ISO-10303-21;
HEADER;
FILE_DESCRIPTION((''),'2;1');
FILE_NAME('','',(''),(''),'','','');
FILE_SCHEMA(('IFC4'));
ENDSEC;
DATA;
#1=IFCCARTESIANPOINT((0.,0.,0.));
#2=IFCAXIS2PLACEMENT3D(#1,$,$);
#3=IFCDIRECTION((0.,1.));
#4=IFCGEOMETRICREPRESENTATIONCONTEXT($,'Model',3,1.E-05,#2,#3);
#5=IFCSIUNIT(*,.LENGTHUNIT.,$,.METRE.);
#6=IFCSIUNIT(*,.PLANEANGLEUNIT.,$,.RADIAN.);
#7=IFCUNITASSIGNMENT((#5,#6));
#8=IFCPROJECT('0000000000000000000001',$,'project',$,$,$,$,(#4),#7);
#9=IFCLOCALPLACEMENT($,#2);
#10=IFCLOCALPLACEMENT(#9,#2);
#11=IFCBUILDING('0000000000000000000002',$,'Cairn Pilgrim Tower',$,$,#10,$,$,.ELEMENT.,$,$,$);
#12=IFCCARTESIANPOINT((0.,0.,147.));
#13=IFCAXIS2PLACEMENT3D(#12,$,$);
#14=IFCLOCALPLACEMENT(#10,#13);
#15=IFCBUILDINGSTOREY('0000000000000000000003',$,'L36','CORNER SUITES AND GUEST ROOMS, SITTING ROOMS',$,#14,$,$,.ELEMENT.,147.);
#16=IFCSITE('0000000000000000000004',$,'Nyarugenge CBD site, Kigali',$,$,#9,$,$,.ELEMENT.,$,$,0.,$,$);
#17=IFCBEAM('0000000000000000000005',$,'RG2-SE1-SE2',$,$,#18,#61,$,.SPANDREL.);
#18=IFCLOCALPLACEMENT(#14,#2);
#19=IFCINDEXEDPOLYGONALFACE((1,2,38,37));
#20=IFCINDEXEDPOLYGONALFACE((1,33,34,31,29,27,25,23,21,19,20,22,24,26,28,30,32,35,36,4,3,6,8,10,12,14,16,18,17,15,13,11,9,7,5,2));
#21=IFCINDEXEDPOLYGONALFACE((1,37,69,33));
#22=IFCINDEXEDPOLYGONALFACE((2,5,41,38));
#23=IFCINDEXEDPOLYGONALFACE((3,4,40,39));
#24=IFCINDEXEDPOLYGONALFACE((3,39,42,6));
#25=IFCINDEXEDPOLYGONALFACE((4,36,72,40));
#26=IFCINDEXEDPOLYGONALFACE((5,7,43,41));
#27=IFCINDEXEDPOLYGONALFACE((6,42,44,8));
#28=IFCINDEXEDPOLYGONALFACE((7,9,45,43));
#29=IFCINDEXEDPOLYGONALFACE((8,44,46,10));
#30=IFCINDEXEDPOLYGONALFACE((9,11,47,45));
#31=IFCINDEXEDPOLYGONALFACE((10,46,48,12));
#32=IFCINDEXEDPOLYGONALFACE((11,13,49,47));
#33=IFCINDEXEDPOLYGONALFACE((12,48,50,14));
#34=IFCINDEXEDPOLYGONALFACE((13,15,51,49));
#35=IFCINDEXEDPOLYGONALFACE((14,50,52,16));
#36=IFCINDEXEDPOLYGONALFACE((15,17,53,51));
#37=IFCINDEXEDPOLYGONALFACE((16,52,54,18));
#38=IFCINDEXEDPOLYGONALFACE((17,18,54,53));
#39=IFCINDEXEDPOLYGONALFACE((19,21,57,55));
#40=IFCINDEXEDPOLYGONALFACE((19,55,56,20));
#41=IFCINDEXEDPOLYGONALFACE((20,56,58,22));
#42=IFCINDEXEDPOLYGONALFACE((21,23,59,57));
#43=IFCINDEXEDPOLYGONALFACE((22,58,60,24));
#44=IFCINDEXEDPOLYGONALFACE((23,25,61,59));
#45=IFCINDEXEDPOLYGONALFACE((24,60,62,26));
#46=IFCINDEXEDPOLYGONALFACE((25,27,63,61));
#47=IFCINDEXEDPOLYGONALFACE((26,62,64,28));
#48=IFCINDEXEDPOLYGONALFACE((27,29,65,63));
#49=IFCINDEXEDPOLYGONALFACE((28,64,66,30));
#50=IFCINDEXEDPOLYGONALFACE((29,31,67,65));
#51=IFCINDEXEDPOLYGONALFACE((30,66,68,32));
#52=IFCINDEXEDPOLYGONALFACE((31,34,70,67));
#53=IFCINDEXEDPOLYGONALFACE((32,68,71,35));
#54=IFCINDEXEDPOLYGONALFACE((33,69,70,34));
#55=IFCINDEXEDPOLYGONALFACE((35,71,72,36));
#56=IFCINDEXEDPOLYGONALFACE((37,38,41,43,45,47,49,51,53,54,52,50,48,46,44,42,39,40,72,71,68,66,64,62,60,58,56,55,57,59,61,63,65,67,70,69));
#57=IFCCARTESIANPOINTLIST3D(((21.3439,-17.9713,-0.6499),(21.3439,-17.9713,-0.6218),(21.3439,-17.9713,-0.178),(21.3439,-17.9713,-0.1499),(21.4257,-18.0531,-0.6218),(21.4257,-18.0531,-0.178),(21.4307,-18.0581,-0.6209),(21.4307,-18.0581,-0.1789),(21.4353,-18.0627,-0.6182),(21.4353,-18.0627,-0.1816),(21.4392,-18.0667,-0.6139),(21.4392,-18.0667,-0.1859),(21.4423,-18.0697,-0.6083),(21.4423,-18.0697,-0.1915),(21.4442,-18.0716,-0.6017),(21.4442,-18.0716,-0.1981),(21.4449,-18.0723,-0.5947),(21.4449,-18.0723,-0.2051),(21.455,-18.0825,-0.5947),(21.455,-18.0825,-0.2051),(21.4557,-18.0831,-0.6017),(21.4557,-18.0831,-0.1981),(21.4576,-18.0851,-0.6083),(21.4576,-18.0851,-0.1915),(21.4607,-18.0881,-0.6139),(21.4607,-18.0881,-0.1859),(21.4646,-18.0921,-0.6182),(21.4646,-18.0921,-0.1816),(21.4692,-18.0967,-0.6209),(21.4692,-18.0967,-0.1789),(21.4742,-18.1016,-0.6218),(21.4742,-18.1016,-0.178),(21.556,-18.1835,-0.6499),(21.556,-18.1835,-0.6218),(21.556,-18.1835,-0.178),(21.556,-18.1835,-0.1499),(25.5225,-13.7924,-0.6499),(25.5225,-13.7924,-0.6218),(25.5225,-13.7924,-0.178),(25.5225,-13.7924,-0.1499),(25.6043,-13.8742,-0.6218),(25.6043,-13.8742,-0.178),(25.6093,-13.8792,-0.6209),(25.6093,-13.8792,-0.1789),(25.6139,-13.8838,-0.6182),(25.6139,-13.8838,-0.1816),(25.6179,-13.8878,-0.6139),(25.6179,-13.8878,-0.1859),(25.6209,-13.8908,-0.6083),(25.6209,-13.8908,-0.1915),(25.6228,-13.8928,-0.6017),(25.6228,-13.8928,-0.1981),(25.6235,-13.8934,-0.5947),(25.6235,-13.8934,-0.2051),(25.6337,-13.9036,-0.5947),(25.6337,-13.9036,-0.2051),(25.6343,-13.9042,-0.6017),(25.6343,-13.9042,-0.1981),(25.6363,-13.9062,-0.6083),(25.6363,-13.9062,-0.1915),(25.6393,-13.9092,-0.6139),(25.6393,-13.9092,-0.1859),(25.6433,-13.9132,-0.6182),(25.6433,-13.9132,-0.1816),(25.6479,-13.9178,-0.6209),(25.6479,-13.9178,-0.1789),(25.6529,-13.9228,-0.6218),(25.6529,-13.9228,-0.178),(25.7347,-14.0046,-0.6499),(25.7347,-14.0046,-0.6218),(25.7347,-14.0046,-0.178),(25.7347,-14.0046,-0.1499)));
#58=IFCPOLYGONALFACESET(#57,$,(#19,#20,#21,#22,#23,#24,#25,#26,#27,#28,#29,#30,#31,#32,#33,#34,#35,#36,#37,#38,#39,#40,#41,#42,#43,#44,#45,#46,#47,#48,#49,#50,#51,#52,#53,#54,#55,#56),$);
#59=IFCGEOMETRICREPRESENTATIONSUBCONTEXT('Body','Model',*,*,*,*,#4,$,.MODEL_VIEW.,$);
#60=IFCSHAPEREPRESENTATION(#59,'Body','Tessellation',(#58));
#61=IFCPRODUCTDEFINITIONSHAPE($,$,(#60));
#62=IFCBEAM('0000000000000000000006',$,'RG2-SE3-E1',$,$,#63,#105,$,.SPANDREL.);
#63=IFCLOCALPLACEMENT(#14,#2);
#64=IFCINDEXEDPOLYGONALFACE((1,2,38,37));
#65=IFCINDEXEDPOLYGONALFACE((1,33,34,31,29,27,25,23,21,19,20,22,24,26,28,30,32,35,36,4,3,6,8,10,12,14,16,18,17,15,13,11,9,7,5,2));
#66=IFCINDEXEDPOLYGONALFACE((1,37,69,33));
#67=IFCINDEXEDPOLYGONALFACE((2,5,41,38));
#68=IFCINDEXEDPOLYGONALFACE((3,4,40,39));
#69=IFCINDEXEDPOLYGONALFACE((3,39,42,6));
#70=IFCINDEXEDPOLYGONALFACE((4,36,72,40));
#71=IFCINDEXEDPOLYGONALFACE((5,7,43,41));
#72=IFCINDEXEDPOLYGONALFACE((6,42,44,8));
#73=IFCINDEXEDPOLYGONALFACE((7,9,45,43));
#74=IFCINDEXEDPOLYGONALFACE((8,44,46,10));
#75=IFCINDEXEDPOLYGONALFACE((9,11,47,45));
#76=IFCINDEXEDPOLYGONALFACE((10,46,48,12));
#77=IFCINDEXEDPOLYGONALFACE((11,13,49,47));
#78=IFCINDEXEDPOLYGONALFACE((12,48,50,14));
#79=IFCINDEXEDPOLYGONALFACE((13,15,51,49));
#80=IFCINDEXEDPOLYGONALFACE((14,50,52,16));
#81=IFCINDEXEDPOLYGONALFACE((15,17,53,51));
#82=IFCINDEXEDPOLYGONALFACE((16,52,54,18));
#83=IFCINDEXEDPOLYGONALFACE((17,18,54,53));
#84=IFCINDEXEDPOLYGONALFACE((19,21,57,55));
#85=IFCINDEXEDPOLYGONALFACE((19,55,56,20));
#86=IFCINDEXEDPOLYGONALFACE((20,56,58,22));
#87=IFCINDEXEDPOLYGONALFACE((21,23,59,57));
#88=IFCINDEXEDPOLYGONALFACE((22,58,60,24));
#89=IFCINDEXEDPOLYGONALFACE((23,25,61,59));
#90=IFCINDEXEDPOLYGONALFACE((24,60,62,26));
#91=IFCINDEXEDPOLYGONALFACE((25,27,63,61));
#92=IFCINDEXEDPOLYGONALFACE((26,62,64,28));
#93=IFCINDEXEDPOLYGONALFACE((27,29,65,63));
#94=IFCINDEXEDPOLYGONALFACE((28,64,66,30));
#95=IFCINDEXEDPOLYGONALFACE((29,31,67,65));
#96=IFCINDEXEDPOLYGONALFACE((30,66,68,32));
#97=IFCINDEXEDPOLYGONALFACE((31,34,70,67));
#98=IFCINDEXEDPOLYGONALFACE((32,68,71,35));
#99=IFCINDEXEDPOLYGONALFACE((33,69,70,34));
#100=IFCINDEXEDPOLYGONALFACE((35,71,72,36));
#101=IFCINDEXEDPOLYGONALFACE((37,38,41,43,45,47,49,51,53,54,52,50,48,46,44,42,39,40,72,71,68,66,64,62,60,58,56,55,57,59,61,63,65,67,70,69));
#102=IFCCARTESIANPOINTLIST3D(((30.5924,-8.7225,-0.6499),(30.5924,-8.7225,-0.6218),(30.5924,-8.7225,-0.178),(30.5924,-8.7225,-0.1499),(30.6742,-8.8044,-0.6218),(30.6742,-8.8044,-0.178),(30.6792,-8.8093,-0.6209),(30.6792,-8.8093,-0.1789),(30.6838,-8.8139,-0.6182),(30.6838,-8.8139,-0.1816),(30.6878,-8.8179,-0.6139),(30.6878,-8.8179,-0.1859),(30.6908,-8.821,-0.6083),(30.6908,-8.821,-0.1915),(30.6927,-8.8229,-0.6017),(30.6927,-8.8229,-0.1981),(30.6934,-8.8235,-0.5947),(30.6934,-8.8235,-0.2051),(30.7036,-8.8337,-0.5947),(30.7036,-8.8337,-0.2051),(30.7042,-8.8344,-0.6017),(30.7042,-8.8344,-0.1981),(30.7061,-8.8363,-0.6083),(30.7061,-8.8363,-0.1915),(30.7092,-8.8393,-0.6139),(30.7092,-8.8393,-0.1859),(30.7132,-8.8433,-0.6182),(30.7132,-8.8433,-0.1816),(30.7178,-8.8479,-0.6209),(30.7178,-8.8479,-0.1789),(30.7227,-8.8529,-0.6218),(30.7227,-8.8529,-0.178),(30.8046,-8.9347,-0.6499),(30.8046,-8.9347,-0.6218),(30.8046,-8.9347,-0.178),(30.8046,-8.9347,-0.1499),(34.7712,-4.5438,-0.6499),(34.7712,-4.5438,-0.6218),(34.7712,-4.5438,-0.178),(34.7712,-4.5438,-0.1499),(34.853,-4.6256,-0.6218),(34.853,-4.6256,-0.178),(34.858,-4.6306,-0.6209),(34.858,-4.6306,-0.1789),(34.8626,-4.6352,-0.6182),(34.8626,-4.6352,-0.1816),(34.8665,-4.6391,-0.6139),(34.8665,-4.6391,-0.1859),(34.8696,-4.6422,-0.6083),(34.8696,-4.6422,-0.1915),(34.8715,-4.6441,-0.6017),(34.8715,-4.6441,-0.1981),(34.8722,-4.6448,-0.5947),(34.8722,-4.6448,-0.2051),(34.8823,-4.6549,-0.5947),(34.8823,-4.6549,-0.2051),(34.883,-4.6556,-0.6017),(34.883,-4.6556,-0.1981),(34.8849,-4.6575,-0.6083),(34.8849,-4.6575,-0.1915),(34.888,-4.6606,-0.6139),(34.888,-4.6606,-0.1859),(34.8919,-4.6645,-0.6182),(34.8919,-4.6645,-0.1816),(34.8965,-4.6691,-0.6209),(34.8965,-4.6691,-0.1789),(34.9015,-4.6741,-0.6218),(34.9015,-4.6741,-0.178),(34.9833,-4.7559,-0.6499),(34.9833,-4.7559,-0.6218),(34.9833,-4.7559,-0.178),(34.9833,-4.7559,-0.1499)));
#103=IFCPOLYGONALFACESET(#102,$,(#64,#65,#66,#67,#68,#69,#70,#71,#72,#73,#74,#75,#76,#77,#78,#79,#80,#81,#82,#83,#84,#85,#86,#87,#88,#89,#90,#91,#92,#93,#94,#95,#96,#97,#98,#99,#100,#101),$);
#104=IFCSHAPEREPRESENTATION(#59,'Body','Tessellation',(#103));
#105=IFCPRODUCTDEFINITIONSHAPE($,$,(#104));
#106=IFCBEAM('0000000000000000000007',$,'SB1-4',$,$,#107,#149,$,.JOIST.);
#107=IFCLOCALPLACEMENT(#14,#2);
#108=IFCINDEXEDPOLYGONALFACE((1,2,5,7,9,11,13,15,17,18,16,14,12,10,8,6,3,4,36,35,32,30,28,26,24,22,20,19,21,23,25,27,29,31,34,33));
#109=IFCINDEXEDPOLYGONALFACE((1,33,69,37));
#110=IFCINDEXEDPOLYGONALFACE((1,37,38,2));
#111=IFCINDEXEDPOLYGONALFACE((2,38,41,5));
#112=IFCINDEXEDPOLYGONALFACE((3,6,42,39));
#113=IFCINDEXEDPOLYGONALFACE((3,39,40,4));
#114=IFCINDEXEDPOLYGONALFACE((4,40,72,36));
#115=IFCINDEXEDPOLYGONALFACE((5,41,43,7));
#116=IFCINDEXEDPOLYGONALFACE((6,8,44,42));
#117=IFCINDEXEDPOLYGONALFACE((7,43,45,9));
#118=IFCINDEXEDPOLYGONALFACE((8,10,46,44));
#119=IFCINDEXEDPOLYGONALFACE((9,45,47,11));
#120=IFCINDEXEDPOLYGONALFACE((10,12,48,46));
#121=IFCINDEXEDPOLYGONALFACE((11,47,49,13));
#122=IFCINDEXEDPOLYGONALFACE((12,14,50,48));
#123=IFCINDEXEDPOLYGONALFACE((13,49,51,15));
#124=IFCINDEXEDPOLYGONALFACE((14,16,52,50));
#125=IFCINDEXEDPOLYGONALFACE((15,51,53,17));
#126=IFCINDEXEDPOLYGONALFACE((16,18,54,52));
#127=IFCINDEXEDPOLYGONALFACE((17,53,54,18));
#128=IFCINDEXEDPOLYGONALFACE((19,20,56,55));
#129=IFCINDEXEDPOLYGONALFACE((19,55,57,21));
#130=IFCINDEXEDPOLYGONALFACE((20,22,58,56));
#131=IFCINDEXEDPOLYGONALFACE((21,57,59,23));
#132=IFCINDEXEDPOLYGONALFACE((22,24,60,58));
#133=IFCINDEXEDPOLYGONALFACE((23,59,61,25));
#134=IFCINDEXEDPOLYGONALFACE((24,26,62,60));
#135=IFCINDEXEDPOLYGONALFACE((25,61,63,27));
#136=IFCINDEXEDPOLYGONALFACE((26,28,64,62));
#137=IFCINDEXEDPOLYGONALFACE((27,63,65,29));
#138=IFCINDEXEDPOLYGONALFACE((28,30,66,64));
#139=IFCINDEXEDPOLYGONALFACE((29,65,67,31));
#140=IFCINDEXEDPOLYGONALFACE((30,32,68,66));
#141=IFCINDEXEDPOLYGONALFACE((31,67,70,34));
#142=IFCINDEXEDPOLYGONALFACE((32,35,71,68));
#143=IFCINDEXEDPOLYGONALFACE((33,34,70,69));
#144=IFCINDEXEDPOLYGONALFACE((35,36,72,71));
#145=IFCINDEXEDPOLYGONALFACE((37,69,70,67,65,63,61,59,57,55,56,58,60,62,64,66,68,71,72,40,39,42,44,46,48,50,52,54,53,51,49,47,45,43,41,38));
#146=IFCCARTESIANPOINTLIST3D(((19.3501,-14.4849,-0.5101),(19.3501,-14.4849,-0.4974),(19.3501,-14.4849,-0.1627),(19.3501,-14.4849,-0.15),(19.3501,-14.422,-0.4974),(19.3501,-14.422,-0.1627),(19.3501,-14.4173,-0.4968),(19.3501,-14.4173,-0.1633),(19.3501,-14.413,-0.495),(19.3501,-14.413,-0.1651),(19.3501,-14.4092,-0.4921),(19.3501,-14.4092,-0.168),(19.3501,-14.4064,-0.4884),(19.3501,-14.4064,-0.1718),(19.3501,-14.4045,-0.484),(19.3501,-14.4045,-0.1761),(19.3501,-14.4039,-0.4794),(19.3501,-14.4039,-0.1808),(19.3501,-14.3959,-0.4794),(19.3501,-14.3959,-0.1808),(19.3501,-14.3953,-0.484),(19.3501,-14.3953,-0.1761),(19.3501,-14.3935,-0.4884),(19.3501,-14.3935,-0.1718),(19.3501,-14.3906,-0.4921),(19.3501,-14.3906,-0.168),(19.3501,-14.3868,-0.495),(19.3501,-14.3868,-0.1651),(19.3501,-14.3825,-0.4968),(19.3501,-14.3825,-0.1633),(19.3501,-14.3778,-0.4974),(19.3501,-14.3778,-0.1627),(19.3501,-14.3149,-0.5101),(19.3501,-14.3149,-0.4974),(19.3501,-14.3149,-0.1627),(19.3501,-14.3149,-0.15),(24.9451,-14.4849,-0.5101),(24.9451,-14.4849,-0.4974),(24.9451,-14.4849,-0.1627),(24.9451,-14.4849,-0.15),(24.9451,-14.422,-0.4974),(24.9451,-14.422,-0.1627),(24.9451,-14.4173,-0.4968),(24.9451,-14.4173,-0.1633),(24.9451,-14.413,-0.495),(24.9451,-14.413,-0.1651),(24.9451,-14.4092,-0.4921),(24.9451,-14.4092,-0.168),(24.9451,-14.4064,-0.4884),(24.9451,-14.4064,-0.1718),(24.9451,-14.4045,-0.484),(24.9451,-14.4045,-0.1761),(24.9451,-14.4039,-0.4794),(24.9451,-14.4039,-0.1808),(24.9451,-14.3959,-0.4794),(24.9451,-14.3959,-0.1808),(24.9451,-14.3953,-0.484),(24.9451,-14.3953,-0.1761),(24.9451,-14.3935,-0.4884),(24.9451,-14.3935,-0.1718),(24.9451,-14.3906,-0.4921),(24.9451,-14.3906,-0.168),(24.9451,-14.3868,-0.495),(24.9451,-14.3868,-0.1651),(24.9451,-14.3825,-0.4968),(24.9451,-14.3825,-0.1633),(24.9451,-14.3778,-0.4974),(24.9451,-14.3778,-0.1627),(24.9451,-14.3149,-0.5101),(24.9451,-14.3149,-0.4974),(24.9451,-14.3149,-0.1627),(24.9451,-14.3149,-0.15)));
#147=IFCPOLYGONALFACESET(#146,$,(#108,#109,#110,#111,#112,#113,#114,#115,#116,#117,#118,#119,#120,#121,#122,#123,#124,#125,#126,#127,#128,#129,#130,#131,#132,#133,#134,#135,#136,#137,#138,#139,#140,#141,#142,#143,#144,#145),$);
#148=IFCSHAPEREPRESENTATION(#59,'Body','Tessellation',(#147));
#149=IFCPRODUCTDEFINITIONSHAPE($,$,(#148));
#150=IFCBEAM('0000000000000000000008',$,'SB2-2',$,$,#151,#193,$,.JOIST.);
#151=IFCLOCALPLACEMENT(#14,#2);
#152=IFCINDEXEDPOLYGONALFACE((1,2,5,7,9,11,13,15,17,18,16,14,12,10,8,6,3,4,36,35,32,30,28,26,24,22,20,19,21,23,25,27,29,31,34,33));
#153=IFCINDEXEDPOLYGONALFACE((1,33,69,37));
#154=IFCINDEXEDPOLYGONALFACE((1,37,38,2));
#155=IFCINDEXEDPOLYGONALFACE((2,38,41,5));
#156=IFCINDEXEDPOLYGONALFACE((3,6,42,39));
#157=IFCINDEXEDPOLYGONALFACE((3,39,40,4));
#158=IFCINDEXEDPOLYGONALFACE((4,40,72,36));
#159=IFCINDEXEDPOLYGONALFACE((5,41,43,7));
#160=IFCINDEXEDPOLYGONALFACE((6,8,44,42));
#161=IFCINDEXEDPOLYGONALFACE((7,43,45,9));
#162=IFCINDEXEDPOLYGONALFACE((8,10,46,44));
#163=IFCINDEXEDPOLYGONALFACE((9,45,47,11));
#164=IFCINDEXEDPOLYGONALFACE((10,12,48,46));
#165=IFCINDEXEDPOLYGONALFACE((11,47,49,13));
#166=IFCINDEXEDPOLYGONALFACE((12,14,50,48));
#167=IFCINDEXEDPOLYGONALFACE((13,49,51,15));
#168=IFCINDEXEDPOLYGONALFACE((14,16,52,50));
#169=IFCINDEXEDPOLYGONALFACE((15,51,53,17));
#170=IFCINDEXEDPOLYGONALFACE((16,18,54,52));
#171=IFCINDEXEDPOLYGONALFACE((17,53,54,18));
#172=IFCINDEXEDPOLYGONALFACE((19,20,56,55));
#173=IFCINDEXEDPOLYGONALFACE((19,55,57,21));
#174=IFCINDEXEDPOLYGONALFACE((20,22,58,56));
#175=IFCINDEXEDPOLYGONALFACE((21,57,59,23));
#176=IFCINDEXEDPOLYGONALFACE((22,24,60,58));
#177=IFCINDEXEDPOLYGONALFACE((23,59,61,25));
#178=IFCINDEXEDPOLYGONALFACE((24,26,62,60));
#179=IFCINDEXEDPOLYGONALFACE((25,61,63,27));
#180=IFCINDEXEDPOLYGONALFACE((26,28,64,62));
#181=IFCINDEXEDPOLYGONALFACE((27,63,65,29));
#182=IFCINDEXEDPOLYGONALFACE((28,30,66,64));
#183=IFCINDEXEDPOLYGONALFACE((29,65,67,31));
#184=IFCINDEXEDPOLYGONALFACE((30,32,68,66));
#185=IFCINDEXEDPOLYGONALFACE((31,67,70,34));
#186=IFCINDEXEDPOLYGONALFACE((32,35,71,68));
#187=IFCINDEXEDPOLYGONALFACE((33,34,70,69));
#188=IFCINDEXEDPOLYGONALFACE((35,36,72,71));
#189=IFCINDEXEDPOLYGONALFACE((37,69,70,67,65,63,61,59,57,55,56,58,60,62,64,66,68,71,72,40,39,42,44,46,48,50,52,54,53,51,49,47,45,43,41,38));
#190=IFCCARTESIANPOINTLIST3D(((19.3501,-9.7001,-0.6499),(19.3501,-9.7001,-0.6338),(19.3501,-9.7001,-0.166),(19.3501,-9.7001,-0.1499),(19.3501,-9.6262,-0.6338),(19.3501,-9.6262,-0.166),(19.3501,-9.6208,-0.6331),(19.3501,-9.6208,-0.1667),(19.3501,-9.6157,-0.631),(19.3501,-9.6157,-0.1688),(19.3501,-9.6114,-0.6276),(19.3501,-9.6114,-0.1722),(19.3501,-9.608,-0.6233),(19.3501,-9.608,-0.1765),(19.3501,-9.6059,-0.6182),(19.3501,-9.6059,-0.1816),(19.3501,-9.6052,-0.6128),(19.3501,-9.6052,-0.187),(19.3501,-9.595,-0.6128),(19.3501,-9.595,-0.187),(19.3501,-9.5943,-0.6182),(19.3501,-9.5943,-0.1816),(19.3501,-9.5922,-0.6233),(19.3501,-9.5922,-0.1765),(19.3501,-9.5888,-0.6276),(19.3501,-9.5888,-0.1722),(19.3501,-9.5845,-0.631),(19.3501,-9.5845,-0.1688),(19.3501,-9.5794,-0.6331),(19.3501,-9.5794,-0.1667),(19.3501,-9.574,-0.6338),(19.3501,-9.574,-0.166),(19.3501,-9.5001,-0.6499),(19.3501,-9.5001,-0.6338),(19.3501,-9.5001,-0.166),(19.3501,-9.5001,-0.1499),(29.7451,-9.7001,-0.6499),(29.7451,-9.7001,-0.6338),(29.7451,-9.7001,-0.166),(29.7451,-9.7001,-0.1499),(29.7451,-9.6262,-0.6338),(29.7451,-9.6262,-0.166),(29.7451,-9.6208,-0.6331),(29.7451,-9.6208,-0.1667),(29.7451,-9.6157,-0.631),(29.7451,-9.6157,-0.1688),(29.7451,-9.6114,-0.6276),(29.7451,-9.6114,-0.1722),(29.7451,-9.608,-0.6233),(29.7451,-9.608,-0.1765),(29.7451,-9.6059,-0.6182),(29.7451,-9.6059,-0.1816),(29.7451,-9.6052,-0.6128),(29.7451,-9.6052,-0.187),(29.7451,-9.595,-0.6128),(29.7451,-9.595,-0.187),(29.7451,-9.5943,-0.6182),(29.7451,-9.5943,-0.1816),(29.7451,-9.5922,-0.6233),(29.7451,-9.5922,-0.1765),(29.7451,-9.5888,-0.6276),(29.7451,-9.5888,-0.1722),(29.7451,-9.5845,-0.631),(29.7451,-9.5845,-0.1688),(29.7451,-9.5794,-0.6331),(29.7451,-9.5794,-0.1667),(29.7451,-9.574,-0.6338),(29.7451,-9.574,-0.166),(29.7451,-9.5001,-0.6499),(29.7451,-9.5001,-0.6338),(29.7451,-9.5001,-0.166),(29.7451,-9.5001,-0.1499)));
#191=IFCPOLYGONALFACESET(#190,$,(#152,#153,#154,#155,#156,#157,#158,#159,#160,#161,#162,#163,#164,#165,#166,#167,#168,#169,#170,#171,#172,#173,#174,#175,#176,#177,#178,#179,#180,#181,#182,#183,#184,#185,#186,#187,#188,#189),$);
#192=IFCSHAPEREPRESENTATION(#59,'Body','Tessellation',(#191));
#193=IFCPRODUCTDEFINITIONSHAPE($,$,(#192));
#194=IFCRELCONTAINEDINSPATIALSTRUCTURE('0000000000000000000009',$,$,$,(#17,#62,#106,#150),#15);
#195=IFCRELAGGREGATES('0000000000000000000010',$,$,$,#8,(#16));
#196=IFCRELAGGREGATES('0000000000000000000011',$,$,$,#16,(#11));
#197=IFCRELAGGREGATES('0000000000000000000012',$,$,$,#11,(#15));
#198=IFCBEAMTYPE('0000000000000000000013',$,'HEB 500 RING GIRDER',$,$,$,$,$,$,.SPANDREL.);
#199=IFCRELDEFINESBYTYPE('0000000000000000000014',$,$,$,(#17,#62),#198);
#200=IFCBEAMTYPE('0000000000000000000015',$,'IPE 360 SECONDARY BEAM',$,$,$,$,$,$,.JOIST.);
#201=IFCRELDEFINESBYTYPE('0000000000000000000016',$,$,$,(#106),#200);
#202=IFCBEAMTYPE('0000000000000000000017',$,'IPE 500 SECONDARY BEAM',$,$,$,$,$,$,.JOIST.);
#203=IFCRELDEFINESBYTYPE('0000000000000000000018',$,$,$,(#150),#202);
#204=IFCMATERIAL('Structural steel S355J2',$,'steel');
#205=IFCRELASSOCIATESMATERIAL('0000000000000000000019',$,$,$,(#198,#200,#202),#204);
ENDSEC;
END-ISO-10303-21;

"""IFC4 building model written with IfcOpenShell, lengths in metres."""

from ifc_helpers import new_model, si_unit, direction, frame, origin, origin_2d, place, context, subcontext, project, spatial, i_section, extrude, material, material_profile, profile_set, type_object, element, save


model = new_model("IFC4")

# Units and contexts
model_context = context("Model", 3, precision=1e-05, world=origin(), true_north=direction((0.0, 1.0)))
body_context = subcontext(model_context, "Body", "Model", "MODEL_VIEW")
ifc_project = project(units=[si_unit("LENGTHUNIT", "METRE"), si_unit("PLANEANGLEUNIT", "RADIAN")], contexts=[model_context])

# Site, building, storey
site_placement = place(None, origin())
site = spatial("IfcSite", under=ifc_project, at=site_placement, Name="Nyarugenge CBD site, Kigali", CompositionType="ELEMENT", RefElevation=0.0)
building_placement = place(site_placement, origin())
building = spatial("IfcBuilding", under=site, at=building_placement, Name="Cairn Pilgrim Tower", CompositionType="ELEMENT")
storey_placement = place(building_placement, frame((0.0, 0.0, 147.0)))
storey = spatial("IfcBuildingStorey", under=building, at=storey_placement, Name="L36", Description="CORNER SUITES AND GUEST ROOMS, SITTING ROOMS", CompositionType="ELEMENT", Elevation=147.0)

# Shared definitions
ifc_material_1 = material(Name="Structural steel S355J2", Category="steel")

# Beams
ifc_material_profile_1 = material_profile(ifc_material_1, i_section(OverallWidth=0.3, OverallDepth=0.5, WebThickness=0.0144, FlangeThickness=0.0281, FilletRadius=0.0271, at=origin_2d()), Name="HEB 500")
ifc_profile_set_1 = profile_set([ifc_material_profile_1], Name="Structural steel S355J2")
beam_type_1 = type_object("IfcBeamType", Name="HEB 500 RING GIRDER", PredefinedType="SPANDREL", material=ifc_profile_set_1)
for number, where, z_axis, x_axis, name in (
    (1, (21.45, -18.0774, -0.3999), (0.707086, 0.707127, 0.0), (-0.707127, 0.707086, 0.0), "RG2-SE1-SE2"),
    (2, (30.6985, -8.8286, -0.3999), (0.707107, 0.707107, 0.0), (-0.707107, 0.707107, 0.0), "RG2-SE3-E1"),
):
    element("IfcBeam", number, at=place(storey_placement, frame(where, z_axis=z_axis, x_axis=x_axis)), inside=storey, type_object=beam_type_1, Name=name, PredefinedType="SPANDREL", context=body_context, shape_type="SweptSolid", body=[
        extrude(i_section(OverallWidth=0.3, OverallDepth=0.5, WebThickness=0.0144, FlangeThickness=0.0281, FilletRadius=0.0271, at=origin_2d()), origin(), (0.0, 0.0, 1.0), 5.9097),
    ])
ifc_material_profile_2 = material_profile(ifc_material_1, i_section(OverallWidth=0.1699, OverallDepth=0.3601, WebThickness=0.0081, FlangeThickness=0.0127, FilletRadius=0.0181, at=origin_2d()), Name="IPE 360")
ifc_profile_set_2 = profile_set([ifc_material_profile_2], Name="Structural steel S355J2")
beam_type_2 = type_object("IfcBeamType", Name="IPE 360 SECONDARY BEAM", PredefinedType="JOIST", material=ifc_profile_set_2)
beam_1_placement = place(storey_placement, frame((19.3501, -14.3999, -0.3301), z_axis=(1.0, 0.0, 0.0), x_axis=(0.0, 1.0, 0.0)))
element("IfcBeam", 3, at=beam_1_placement, inside=storey, type_object=beam_type_2, Name="SB1-4", PredefinedType="JOIST", context=body_context, shape_type="SweptSolid", body=[
    extrude(i_section(OverallWidth=0.1699, OverallDepth=0.3601, WebThickness=0.0081, FlangeThickness=0.0127, FilletRadius=0.0181, at=origin_2d()), origin(), (0.0, 0.0, 1.0), 5.595),
])
ifc_material_profile_3 = material_profile(ifc_material_1, i_section(OverallWidth=0.2, OverallDepth=0.5, WebThickness=0.0103, FlangeThickness=0.0161, FilletRadius=0.021, at=origin_2d()), Name="IPE 500")
ifc_profile_set_3 = profile_set([ifc_material_profile_3], Name="Structural steel S355J2")
beam_type_3 = type_object("IfcBeamType", Name="IPE 500 SECONDARY BEAM", PredefinedType="JOIST", material=ifc_profile_set_3)
beam_2_placement = place(storey_placement, frame((19.3501, -9.6001, -0.3999), z_axis=(1.0, 0.0, 0.0), x_axis=(0.0, 1.0, 0.0)))
element("IfcBeam", 4, at=beam_2_placement, inside=storey, type_object=beam_type_3, Name="SB2-2", PredefinedType="JOIST", context=body_context, shape_type="SweptSolid", body=[
    extrude(i_section(OverallWidth=0.2, OverallDepth=0.5, WebThickness=0.0103, FlangeThickness=0.0161, FilletRadius=0.021, at=origin_2d()), origin(), (0.0, 0.0, 1.0), 10.395),
])

save(model, "model.ifc")
